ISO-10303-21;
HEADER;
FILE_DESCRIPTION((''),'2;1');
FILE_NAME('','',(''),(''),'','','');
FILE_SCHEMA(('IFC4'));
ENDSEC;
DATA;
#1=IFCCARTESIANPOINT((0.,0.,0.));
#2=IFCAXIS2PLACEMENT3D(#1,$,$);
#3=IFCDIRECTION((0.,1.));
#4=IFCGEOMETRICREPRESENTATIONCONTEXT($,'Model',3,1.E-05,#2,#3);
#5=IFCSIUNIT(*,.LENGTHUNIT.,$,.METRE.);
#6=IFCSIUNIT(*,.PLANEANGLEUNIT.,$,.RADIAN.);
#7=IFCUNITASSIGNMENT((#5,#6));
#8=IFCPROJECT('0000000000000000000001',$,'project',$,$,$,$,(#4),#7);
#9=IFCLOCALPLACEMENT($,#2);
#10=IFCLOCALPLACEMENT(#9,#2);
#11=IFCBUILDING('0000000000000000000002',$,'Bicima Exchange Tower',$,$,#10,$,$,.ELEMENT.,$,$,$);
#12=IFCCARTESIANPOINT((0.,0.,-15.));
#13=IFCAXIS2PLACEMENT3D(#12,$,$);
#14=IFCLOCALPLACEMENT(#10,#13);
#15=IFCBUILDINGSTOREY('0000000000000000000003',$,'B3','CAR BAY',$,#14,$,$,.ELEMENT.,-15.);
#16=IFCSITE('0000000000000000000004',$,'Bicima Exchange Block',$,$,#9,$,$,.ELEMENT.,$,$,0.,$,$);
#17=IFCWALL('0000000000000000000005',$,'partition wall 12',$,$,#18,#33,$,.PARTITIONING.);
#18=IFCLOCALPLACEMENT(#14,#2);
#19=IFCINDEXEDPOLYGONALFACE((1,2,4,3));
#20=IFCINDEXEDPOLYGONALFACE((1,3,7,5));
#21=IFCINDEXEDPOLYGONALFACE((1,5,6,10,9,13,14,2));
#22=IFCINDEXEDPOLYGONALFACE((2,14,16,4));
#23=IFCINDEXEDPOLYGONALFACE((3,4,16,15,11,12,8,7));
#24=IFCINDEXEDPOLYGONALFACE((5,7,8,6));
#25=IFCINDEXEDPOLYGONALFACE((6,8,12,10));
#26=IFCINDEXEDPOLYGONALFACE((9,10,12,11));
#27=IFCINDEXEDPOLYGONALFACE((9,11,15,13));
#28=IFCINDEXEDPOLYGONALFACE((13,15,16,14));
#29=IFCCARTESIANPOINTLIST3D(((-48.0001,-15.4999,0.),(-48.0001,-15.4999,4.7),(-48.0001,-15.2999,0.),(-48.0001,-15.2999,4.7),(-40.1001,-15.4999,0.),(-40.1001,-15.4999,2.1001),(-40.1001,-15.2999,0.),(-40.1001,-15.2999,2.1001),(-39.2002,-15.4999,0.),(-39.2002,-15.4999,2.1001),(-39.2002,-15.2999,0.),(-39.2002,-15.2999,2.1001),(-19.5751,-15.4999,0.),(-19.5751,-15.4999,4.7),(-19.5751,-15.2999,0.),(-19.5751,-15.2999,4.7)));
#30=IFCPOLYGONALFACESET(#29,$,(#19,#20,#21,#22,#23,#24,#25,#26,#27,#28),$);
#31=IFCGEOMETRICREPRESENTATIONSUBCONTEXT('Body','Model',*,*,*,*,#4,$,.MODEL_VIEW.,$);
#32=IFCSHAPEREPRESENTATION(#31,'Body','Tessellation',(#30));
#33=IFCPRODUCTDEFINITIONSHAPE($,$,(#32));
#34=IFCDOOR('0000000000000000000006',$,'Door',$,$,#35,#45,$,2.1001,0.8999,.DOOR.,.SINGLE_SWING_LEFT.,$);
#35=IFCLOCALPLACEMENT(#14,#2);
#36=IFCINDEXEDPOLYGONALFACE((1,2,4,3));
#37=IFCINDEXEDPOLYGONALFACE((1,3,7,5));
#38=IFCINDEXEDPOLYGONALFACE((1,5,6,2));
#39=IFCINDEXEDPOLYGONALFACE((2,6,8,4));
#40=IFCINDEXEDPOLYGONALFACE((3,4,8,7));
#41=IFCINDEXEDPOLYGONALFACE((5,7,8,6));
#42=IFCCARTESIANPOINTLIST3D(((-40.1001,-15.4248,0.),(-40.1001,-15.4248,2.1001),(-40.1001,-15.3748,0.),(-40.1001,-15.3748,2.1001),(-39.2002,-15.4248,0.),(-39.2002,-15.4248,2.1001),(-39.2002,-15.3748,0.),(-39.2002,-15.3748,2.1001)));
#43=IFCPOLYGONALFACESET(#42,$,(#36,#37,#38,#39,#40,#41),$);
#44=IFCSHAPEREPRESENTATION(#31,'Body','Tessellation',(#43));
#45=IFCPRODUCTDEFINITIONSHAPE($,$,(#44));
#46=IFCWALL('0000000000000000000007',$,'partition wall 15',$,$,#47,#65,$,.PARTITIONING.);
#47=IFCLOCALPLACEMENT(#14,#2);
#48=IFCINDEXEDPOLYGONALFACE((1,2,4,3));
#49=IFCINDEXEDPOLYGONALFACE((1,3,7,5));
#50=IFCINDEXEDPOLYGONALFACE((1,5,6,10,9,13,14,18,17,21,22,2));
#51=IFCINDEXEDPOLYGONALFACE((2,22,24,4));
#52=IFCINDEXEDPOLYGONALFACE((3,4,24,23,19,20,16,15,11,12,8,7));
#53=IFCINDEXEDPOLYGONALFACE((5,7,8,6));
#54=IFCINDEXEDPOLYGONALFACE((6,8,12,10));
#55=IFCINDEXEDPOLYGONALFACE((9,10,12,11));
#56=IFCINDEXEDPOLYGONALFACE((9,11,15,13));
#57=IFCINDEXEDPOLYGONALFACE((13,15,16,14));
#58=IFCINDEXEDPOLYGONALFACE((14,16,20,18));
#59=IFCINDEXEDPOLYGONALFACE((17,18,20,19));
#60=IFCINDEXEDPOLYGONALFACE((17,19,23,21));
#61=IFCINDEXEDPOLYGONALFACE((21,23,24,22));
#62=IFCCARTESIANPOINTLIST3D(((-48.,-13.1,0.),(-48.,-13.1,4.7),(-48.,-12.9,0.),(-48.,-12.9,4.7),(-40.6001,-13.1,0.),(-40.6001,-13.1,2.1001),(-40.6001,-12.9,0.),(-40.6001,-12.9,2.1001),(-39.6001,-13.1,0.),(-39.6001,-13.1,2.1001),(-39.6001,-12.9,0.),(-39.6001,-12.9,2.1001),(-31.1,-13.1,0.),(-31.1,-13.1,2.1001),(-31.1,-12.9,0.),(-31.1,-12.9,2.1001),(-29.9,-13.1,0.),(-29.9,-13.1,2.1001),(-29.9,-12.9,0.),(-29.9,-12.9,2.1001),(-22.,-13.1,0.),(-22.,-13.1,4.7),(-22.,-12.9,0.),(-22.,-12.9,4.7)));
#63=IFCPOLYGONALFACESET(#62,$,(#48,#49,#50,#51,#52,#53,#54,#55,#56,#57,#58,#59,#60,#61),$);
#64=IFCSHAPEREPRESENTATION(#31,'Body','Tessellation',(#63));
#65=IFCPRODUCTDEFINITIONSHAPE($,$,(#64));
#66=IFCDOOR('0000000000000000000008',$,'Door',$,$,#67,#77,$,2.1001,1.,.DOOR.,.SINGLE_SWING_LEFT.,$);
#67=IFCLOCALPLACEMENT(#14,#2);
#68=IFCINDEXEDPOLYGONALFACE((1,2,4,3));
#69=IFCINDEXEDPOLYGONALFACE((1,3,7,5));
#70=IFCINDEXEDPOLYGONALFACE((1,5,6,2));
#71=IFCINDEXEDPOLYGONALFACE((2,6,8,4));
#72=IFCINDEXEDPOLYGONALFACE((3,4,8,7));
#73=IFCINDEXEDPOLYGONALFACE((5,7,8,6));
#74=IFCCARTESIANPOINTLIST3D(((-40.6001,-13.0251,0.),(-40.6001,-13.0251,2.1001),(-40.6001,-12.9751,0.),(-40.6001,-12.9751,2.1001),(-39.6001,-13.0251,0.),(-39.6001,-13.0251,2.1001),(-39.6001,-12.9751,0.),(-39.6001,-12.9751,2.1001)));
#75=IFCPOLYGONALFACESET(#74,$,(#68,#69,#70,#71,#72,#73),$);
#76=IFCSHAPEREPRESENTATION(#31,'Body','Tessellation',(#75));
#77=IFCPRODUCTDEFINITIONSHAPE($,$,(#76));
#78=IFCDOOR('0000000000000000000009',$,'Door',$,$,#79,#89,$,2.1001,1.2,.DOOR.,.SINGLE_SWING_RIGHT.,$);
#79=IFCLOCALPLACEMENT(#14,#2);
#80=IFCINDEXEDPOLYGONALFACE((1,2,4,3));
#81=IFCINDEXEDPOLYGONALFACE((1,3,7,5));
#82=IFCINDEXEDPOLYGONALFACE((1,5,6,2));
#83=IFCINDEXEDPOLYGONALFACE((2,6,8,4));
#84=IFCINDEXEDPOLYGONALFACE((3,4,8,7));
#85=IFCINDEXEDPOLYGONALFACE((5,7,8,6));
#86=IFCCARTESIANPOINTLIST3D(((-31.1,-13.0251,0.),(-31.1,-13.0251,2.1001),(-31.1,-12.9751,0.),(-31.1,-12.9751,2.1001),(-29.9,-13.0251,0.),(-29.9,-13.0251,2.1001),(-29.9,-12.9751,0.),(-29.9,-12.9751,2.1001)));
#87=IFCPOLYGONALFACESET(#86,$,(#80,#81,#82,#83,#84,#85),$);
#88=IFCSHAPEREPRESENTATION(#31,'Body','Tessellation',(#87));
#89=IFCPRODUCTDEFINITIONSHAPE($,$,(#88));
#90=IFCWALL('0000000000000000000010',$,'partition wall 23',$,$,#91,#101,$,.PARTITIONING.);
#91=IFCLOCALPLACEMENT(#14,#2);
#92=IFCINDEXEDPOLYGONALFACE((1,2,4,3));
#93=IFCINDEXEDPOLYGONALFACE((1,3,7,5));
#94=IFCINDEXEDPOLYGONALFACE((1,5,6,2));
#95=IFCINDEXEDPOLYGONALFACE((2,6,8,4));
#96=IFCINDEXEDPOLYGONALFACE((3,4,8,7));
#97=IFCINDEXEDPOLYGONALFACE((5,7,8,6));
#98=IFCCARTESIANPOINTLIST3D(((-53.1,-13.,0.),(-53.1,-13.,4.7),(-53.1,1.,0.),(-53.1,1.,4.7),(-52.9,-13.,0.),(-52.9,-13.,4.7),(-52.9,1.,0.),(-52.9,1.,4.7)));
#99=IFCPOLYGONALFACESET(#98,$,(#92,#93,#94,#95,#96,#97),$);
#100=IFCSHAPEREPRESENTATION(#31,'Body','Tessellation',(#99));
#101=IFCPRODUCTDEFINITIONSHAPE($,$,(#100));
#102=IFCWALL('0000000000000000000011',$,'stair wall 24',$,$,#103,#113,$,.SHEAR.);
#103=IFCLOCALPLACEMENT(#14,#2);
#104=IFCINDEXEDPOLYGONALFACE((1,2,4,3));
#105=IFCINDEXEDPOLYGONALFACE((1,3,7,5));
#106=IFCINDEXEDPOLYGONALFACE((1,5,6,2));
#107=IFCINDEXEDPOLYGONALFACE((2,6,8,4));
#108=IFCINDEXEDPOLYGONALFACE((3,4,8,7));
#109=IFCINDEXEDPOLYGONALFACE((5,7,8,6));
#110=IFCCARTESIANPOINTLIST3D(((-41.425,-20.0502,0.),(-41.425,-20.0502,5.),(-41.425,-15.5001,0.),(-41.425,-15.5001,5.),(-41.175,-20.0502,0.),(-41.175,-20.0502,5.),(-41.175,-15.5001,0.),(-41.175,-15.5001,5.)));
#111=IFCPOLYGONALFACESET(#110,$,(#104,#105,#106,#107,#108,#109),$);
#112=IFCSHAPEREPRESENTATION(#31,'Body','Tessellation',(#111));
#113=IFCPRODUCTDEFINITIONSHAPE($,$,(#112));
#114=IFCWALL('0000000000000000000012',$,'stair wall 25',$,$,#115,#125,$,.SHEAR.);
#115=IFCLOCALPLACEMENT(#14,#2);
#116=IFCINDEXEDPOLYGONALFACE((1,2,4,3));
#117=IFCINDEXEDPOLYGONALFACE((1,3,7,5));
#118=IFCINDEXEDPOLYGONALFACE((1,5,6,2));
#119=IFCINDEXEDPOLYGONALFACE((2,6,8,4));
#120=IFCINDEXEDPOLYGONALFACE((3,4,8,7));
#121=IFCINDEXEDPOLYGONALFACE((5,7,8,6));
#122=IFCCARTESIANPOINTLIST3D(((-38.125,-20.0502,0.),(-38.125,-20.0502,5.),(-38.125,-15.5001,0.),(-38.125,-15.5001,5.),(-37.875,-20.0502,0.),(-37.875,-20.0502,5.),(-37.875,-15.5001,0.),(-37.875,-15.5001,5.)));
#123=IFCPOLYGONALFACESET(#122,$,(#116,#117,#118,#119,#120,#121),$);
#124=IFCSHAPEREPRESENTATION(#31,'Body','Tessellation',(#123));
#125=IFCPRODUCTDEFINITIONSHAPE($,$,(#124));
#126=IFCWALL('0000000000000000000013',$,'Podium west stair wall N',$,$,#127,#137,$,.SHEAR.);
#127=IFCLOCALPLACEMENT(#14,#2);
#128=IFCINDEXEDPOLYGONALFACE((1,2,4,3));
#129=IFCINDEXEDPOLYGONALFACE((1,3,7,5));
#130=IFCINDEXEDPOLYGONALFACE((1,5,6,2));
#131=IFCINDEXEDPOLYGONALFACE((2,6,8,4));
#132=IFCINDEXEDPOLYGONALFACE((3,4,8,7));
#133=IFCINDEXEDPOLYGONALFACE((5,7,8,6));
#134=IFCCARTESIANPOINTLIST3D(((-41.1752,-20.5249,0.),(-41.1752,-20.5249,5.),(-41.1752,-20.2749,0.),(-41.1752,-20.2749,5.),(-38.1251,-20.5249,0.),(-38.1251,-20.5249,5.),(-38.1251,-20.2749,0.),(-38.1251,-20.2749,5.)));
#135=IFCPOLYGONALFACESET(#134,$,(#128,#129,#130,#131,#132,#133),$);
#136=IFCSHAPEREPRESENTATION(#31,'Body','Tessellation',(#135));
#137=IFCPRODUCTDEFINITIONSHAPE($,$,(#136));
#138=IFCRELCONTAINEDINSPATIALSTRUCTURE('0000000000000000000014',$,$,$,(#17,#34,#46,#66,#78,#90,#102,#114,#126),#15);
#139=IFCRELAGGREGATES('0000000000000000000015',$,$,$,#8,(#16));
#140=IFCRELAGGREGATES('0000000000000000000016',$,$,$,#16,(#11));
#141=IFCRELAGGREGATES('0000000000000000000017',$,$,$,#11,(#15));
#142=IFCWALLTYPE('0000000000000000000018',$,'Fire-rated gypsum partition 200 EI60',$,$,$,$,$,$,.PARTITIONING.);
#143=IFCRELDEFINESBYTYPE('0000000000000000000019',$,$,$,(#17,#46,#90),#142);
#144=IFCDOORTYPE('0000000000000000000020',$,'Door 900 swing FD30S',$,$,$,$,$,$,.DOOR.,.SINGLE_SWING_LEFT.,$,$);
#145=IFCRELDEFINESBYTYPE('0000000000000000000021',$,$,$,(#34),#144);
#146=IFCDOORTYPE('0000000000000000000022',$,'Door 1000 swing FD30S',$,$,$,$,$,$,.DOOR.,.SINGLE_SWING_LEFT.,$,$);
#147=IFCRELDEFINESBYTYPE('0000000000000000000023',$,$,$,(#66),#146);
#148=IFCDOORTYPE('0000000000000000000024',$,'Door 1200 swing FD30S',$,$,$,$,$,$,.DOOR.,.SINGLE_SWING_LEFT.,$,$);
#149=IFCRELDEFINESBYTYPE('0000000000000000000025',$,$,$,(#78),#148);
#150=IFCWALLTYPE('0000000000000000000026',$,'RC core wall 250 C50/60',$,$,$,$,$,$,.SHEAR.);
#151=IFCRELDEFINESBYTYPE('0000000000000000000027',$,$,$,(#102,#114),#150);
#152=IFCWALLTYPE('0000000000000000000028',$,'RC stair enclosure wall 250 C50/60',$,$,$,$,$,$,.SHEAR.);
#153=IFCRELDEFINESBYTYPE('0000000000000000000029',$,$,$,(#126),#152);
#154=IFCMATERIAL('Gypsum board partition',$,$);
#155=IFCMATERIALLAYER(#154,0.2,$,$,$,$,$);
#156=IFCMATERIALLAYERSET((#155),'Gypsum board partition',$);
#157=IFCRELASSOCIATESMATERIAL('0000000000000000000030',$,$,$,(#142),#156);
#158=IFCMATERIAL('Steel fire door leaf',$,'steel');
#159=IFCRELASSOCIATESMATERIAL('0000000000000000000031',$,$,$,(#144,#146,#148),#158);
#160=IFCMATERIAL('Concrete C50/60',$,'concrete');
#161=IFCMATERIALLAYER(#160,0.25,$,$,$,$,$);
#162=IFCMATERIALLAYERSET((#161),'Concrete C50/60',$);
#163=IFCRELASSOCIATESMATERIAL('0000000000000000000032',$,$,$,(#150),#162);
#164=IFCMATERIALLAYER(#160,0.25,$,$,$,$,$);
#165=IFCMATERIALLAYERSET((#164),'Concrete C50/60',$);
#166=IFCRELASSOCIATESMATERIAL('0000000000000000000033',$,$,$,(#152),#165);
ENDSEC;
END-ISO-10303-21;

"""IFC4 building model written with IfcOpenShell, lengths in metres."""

from ifc_helpers import new_model, si_unit, direction, frame, frame_2d, origin, place, context, subcontext, project, spatial, rectangle, extrude, material, layer, layer_set, type_object, element, fill, save


model = new_model("IFC4")

# Units and contexts
model_context = context("Model", 3, precision=1e-05, world=origin(), true_north=direction((0.0, 1.0)))
body_context = subcontext(model_context, "Body", "Model", "MODEL_VIEW")
ifc_project = project(units=[si_unit("LENGTHUNIT", "METRE"), si_unit("PLANEANGLEUNIT", "RADIAN")], contexts=[model_context])

# Site, building, storey
site_placement = place(None, origin())
site = spatial("IfcSite", under=ifc_project, at=site_placement, Name="Bicima Exchange Block", CompositionType="ELEMENT", RefElevation=0.0)
building_placement = place(site_placement, origin())
building = spatial("IfcBuilding", under=site, at=building_placement, Name="Bicima Exchange Tower", CompositionType="ELEMENT")
storey_placement = place(building_placement, frame((0.0, 0.0, -15.0)))
storey = spatial("IfcBuildingStorey", under=building, at=storey_placement, Name="B3", Description="CAR BAY", CompositionType="ELEMENT", Elevation=-15.0)

# Wall, opening, door
ifc_material_1 = material(Name="Gypsum board partition")
ifc_layer_1 = layer(ifc_material_1, 0.2)
ifc_layer_set_1 = layer_set([ifc_layer_1], Name="Gypsum board partition")
wall_type_1 = type_object("IfcWallType", Name="Fire-rated gypsum partition 200 EI60", PredefinedType="PARTITIONING", material=ifc_layer_set_1)
wall_1_placement = place(storey_placement, frame((-48.0, -15.3999, 0.0), z_axis=(0.0, 0.0, 1.0), x_axis=(1.0, 0.0, 0.0)))
wall_1 = element("IfcWall", 1, at=wall_1_placement, inside=storey, type_object=wall_type_1, Name="partition wall 12", PredefinedType="PARTITIONING", context=body_context, shape_type="SweptSolid", body=[
    extrude(rectangle(XDim=28.425, YDim=0.2, at=frame_2d((14.2124, 0.0))), origin(), (0.0, 0.0, 1.0), 4.7),
])
opening_1_placement = place(wall_1_placement, frame((7.8999, 0.0, 0.0)))
opening_1 = element("IfcOpeningElement", 2, at=opening_1_placement, cuts=wall_1, PredefinedType="OPENING", context=body_context, shape_type="SweptSolid", body=[
    extrude(rectangle(XDim=0.8999, YDim=2.1001, at=frame_2d((0.45, 1.05))), frame((0.0, 0.1118, 0.0), z_axis=(0.0, -1.0, 0.0), x_axis=(1.0, 0.0, 0.0)), (0.0, 0.0, 1.0), 0.2239),
])
ifc_material_2 = material(Name="Steel fire door leaf", Category="steel")
door_type_1 = type_object("IfcDoorType", Name="Door 900 swing FD30S", OperationType="SINGLE_SWING_LEFT", PredefinedType="DOOR", material=ifc_material_2)
door_1_placement = place(opening_1_placement, frame((0.8999, 0.0, 0.0), z_axis=(0.0, 0.0, 1.0), x_axis=(-1.0, 0.0, 0.0)))
door_1 = element("IfcDoor", 3, at=door_1_placement, inside=storey, type_object=door_type_1, Name="Door", OperationType="SINGLE_SWING_LEFT", OverallHeight=2.1001, OverallWidth=0.8999, PredefinedType="DOOR", context=body_context, shape_type="SweptSolid", body=[
    extrude(rectangle(XDim=0.8999, YDim=2.1001, at=frame_2d((0.45, 1.05))), frame((0.0, 0.0249, 0.0), z_axis=(0.0, -1.0, 0.0), x_axis=(1.0, 0.0, 0.0)), (0.0, 0.0, 1.0), 0.05),
])
fill(opening_1, door_1)

# Wall, openings, doors
wall_2_placement = place(storey_placement, frame((-48.0, -13.0, 0.0), z_axis=(0.0, 0.0, 1.0), x_axis=(1.0, 0.0, 0.0)))
wall_2 = element("IfcWall", 4, at=wall_2_placement, inside=storey, type_object=wall_type_1, Name="partition wall 15", PredefinedType="PARTITIONING", context=body_context, shape_type="SweptSolid", body=[
    extrude(rectangle(XDim=26.0, YDim=0.2, at=frame_2d((13.0, 0.0))), origin(), (0.0, 0.0, 1.0), 4.7),
])
opening_2_placement = place(wall_2_placement, frame((16.8999, 0.0, 0.0)))
opening_2 = element("IfcOpeningElement", 5, at=opening_2_placement, cuts=wall_2, PredefinedType="OPENING", context=body_context, shape_type="SweptSolid", body=[
    extrude(rectangle(XDim=1.2, YDim=2.1001, at=frame_2d((0.6001, 1.05))), frame((0.0, 0.1118, 0.0), z_axis=(0.0, -1.0, 0.0), x_axis=(1.0, 0.0, 0.0)), (0.0, 0.0, 1.0), 0.2239),
])
opening_3_placement = place(wall_2_placement, frame((7.3999, 0.0, 0.0)))
opening_3 = element("IfcOpeningElement", 6, at=opening_3_placement, cuts=wall_2, PredefinedType="OPENING", context=body_context, shape_type="SweptSolid", body=[
    extrude(rectangle(XDim=1.0, YDim=2.1001, at=frame_2d((0.5, 1.05))), frame((0.0, 0.1118, 0.0), z_axis=(0.0, -1.0, 0.0), x_axis=(1.0, 0.0, 0.0)), (0.0, 0.0, 1.0), 0.2239),
])
door_type_2 = type_object("IfcDoorType", Name="Door 1000 swing FD30S", OperationType="SINGLE_SWING_LEFT", PredefinedType="DOOR", material=ifc_material_2)
door_2_placement = place(opening_3_placement, origin())
door_2 = element("IfcDoor", 7, at=door_2_placement, inside=storey, type_object=door_type_2, Name="Door", OperationType="SINGLE_SWING_LEFT", OverallHeight=2.1001, OverallWidth=1.0, PredefinedType="DOOR", context=body_context, shape_type="SweptSolid", body=[
    extrude(rectangle(XDim=1.0, YDim=2.1001, at=frame_2d((0.5, 1.05))), frame((0.0, 0.0249, 0.0), z_axis=(0.0, -1.0, 0.0), x_axis=(1.0, 0.0, 0.0)), (0.0, 0.0, 1.0), 0.05),
])
fill(opening_3, door_2)
door_type_3 = type_object("IfcDoorType", Name="Door 1200 swing FD30S", OperationType="SINGLE_SWING_LEFT", PredefinedType="DOOR", material=ifc_material_2)
door_3_placement = place(opening_2_placement, origin())
door_3 = element("IfcDoor", 8, at=door_3_placement, inside=storey, type_object=door_type_3, Name="Door", OperationType="SINGLE_SWING_RIGHT", OverallHeight=2.1001, OverallWidth=1.2, PredefinedType="DOOR", context=body_context, shape_type="SweptSolid", body=[
    extrude(rectangle(XDim=1.2, YDim=2.1001, at=frame_2d((0.6001, 1.05))), frame((0.0, 0.0249, 0.0), z_axis=(0.0, -1.0, 0.0), x_axis=(1.0, 0.0, 0.0)), (0.0, 0.0, 1.0), 0.05),
])
fill(opening_2, door_3)

# Walls
wall_3_placement = place(storey_placement, frame((-53.0, -13.0, 0.0), z_axis=(0.0, 0.0, 1.0), x_axis=(0.0, 1.0, 0.0)))
element("IfcWall", 9, at=wall_3_placement, inside=storey, type_object=wall_type_1, Name="partition wall 23", PredefinedType="PARTITIONING", context=body_context, shape_type="SweptSolid", body=[
    extrude(rectangle(XDim=14.0, YDim=0.2, at=frame_2d((7.0, 0.0))), origin(), (0.0, 0.0, 1.0), 4.7),
])
ifc_material_3 = material(Name="Concrete C50/60", Category="concrete")
ifc_layer_2 = layer(ifc_material_3, 0.25)
ifc_layer_set_2 = layer_set([ifc_layer_2], Name="Concrete C50/60")
wall_type_2 = type_object("IfcWallType", Name="RC core wall 250 C50/60", PredefinedType="SHEAR", material=ifc_layer_set_2)
for number, where, z_axis, x_axis, name in (
    (10, (-41.3, -20.05, 0.0), (0.0, 0.0, 1.0), (0.0, 1.0, 0.0), "stair wall 24"),
    (11, (-38.0, -20.05, 0.0), (0.0, 0.0, 1.0), (0.0, 1.0, 0.0), "stair wall 25"),
):
    element("IfcWall", number, at=place(storey_placement, frame(where, z_axis=z_axis, x_axis=x_axis)), inside=storey, type_object=wall_type_2, Name=name, PredefinedType="SHEAR", context=body_context, shape_type="SweptSolid", body=[
        extrude(rectangle(XDim=4.55, YDim=0.25, at=frame_2d((2.2749, 0.0))), origin(), (0.0, 0.0, 1.0), 5.0),
    ])
ifc_layer_3 = layer(ifc_material_3, 0.25)
ifc_layer_set_3 = layer_set([ifc_layer_3], Name="Concrete C50/60")
wall_type_3 = type_object("IfcWallType", Name="RC stair enclosure wall 250 C50/60", PredefinedType="SHEAR", material=ifc_layer_set_3)
wall_4_placement = place(storey_placement, frame((-41.175, -20.3999, 0.0), z_axis=(0.0, 0.0, 1.0), x_axis=(1.0, 0.0, 0.0)))
element("IfcWall", 12, at=wall_4_placement, inside=storey, type_object=wall_type_3, Name="Podium west stair wall N", PredefinedType="SHEAR", context=body_context, shape_type="SweptSolid", body=[
    extrude(rectangle(XDim=3.05, YDim=0.25, at=frame_2d((1.5249, 0.0))), origin(), (0.0, 0.0, 1.0), 5.0),
])

save(model, "model.ifc")
